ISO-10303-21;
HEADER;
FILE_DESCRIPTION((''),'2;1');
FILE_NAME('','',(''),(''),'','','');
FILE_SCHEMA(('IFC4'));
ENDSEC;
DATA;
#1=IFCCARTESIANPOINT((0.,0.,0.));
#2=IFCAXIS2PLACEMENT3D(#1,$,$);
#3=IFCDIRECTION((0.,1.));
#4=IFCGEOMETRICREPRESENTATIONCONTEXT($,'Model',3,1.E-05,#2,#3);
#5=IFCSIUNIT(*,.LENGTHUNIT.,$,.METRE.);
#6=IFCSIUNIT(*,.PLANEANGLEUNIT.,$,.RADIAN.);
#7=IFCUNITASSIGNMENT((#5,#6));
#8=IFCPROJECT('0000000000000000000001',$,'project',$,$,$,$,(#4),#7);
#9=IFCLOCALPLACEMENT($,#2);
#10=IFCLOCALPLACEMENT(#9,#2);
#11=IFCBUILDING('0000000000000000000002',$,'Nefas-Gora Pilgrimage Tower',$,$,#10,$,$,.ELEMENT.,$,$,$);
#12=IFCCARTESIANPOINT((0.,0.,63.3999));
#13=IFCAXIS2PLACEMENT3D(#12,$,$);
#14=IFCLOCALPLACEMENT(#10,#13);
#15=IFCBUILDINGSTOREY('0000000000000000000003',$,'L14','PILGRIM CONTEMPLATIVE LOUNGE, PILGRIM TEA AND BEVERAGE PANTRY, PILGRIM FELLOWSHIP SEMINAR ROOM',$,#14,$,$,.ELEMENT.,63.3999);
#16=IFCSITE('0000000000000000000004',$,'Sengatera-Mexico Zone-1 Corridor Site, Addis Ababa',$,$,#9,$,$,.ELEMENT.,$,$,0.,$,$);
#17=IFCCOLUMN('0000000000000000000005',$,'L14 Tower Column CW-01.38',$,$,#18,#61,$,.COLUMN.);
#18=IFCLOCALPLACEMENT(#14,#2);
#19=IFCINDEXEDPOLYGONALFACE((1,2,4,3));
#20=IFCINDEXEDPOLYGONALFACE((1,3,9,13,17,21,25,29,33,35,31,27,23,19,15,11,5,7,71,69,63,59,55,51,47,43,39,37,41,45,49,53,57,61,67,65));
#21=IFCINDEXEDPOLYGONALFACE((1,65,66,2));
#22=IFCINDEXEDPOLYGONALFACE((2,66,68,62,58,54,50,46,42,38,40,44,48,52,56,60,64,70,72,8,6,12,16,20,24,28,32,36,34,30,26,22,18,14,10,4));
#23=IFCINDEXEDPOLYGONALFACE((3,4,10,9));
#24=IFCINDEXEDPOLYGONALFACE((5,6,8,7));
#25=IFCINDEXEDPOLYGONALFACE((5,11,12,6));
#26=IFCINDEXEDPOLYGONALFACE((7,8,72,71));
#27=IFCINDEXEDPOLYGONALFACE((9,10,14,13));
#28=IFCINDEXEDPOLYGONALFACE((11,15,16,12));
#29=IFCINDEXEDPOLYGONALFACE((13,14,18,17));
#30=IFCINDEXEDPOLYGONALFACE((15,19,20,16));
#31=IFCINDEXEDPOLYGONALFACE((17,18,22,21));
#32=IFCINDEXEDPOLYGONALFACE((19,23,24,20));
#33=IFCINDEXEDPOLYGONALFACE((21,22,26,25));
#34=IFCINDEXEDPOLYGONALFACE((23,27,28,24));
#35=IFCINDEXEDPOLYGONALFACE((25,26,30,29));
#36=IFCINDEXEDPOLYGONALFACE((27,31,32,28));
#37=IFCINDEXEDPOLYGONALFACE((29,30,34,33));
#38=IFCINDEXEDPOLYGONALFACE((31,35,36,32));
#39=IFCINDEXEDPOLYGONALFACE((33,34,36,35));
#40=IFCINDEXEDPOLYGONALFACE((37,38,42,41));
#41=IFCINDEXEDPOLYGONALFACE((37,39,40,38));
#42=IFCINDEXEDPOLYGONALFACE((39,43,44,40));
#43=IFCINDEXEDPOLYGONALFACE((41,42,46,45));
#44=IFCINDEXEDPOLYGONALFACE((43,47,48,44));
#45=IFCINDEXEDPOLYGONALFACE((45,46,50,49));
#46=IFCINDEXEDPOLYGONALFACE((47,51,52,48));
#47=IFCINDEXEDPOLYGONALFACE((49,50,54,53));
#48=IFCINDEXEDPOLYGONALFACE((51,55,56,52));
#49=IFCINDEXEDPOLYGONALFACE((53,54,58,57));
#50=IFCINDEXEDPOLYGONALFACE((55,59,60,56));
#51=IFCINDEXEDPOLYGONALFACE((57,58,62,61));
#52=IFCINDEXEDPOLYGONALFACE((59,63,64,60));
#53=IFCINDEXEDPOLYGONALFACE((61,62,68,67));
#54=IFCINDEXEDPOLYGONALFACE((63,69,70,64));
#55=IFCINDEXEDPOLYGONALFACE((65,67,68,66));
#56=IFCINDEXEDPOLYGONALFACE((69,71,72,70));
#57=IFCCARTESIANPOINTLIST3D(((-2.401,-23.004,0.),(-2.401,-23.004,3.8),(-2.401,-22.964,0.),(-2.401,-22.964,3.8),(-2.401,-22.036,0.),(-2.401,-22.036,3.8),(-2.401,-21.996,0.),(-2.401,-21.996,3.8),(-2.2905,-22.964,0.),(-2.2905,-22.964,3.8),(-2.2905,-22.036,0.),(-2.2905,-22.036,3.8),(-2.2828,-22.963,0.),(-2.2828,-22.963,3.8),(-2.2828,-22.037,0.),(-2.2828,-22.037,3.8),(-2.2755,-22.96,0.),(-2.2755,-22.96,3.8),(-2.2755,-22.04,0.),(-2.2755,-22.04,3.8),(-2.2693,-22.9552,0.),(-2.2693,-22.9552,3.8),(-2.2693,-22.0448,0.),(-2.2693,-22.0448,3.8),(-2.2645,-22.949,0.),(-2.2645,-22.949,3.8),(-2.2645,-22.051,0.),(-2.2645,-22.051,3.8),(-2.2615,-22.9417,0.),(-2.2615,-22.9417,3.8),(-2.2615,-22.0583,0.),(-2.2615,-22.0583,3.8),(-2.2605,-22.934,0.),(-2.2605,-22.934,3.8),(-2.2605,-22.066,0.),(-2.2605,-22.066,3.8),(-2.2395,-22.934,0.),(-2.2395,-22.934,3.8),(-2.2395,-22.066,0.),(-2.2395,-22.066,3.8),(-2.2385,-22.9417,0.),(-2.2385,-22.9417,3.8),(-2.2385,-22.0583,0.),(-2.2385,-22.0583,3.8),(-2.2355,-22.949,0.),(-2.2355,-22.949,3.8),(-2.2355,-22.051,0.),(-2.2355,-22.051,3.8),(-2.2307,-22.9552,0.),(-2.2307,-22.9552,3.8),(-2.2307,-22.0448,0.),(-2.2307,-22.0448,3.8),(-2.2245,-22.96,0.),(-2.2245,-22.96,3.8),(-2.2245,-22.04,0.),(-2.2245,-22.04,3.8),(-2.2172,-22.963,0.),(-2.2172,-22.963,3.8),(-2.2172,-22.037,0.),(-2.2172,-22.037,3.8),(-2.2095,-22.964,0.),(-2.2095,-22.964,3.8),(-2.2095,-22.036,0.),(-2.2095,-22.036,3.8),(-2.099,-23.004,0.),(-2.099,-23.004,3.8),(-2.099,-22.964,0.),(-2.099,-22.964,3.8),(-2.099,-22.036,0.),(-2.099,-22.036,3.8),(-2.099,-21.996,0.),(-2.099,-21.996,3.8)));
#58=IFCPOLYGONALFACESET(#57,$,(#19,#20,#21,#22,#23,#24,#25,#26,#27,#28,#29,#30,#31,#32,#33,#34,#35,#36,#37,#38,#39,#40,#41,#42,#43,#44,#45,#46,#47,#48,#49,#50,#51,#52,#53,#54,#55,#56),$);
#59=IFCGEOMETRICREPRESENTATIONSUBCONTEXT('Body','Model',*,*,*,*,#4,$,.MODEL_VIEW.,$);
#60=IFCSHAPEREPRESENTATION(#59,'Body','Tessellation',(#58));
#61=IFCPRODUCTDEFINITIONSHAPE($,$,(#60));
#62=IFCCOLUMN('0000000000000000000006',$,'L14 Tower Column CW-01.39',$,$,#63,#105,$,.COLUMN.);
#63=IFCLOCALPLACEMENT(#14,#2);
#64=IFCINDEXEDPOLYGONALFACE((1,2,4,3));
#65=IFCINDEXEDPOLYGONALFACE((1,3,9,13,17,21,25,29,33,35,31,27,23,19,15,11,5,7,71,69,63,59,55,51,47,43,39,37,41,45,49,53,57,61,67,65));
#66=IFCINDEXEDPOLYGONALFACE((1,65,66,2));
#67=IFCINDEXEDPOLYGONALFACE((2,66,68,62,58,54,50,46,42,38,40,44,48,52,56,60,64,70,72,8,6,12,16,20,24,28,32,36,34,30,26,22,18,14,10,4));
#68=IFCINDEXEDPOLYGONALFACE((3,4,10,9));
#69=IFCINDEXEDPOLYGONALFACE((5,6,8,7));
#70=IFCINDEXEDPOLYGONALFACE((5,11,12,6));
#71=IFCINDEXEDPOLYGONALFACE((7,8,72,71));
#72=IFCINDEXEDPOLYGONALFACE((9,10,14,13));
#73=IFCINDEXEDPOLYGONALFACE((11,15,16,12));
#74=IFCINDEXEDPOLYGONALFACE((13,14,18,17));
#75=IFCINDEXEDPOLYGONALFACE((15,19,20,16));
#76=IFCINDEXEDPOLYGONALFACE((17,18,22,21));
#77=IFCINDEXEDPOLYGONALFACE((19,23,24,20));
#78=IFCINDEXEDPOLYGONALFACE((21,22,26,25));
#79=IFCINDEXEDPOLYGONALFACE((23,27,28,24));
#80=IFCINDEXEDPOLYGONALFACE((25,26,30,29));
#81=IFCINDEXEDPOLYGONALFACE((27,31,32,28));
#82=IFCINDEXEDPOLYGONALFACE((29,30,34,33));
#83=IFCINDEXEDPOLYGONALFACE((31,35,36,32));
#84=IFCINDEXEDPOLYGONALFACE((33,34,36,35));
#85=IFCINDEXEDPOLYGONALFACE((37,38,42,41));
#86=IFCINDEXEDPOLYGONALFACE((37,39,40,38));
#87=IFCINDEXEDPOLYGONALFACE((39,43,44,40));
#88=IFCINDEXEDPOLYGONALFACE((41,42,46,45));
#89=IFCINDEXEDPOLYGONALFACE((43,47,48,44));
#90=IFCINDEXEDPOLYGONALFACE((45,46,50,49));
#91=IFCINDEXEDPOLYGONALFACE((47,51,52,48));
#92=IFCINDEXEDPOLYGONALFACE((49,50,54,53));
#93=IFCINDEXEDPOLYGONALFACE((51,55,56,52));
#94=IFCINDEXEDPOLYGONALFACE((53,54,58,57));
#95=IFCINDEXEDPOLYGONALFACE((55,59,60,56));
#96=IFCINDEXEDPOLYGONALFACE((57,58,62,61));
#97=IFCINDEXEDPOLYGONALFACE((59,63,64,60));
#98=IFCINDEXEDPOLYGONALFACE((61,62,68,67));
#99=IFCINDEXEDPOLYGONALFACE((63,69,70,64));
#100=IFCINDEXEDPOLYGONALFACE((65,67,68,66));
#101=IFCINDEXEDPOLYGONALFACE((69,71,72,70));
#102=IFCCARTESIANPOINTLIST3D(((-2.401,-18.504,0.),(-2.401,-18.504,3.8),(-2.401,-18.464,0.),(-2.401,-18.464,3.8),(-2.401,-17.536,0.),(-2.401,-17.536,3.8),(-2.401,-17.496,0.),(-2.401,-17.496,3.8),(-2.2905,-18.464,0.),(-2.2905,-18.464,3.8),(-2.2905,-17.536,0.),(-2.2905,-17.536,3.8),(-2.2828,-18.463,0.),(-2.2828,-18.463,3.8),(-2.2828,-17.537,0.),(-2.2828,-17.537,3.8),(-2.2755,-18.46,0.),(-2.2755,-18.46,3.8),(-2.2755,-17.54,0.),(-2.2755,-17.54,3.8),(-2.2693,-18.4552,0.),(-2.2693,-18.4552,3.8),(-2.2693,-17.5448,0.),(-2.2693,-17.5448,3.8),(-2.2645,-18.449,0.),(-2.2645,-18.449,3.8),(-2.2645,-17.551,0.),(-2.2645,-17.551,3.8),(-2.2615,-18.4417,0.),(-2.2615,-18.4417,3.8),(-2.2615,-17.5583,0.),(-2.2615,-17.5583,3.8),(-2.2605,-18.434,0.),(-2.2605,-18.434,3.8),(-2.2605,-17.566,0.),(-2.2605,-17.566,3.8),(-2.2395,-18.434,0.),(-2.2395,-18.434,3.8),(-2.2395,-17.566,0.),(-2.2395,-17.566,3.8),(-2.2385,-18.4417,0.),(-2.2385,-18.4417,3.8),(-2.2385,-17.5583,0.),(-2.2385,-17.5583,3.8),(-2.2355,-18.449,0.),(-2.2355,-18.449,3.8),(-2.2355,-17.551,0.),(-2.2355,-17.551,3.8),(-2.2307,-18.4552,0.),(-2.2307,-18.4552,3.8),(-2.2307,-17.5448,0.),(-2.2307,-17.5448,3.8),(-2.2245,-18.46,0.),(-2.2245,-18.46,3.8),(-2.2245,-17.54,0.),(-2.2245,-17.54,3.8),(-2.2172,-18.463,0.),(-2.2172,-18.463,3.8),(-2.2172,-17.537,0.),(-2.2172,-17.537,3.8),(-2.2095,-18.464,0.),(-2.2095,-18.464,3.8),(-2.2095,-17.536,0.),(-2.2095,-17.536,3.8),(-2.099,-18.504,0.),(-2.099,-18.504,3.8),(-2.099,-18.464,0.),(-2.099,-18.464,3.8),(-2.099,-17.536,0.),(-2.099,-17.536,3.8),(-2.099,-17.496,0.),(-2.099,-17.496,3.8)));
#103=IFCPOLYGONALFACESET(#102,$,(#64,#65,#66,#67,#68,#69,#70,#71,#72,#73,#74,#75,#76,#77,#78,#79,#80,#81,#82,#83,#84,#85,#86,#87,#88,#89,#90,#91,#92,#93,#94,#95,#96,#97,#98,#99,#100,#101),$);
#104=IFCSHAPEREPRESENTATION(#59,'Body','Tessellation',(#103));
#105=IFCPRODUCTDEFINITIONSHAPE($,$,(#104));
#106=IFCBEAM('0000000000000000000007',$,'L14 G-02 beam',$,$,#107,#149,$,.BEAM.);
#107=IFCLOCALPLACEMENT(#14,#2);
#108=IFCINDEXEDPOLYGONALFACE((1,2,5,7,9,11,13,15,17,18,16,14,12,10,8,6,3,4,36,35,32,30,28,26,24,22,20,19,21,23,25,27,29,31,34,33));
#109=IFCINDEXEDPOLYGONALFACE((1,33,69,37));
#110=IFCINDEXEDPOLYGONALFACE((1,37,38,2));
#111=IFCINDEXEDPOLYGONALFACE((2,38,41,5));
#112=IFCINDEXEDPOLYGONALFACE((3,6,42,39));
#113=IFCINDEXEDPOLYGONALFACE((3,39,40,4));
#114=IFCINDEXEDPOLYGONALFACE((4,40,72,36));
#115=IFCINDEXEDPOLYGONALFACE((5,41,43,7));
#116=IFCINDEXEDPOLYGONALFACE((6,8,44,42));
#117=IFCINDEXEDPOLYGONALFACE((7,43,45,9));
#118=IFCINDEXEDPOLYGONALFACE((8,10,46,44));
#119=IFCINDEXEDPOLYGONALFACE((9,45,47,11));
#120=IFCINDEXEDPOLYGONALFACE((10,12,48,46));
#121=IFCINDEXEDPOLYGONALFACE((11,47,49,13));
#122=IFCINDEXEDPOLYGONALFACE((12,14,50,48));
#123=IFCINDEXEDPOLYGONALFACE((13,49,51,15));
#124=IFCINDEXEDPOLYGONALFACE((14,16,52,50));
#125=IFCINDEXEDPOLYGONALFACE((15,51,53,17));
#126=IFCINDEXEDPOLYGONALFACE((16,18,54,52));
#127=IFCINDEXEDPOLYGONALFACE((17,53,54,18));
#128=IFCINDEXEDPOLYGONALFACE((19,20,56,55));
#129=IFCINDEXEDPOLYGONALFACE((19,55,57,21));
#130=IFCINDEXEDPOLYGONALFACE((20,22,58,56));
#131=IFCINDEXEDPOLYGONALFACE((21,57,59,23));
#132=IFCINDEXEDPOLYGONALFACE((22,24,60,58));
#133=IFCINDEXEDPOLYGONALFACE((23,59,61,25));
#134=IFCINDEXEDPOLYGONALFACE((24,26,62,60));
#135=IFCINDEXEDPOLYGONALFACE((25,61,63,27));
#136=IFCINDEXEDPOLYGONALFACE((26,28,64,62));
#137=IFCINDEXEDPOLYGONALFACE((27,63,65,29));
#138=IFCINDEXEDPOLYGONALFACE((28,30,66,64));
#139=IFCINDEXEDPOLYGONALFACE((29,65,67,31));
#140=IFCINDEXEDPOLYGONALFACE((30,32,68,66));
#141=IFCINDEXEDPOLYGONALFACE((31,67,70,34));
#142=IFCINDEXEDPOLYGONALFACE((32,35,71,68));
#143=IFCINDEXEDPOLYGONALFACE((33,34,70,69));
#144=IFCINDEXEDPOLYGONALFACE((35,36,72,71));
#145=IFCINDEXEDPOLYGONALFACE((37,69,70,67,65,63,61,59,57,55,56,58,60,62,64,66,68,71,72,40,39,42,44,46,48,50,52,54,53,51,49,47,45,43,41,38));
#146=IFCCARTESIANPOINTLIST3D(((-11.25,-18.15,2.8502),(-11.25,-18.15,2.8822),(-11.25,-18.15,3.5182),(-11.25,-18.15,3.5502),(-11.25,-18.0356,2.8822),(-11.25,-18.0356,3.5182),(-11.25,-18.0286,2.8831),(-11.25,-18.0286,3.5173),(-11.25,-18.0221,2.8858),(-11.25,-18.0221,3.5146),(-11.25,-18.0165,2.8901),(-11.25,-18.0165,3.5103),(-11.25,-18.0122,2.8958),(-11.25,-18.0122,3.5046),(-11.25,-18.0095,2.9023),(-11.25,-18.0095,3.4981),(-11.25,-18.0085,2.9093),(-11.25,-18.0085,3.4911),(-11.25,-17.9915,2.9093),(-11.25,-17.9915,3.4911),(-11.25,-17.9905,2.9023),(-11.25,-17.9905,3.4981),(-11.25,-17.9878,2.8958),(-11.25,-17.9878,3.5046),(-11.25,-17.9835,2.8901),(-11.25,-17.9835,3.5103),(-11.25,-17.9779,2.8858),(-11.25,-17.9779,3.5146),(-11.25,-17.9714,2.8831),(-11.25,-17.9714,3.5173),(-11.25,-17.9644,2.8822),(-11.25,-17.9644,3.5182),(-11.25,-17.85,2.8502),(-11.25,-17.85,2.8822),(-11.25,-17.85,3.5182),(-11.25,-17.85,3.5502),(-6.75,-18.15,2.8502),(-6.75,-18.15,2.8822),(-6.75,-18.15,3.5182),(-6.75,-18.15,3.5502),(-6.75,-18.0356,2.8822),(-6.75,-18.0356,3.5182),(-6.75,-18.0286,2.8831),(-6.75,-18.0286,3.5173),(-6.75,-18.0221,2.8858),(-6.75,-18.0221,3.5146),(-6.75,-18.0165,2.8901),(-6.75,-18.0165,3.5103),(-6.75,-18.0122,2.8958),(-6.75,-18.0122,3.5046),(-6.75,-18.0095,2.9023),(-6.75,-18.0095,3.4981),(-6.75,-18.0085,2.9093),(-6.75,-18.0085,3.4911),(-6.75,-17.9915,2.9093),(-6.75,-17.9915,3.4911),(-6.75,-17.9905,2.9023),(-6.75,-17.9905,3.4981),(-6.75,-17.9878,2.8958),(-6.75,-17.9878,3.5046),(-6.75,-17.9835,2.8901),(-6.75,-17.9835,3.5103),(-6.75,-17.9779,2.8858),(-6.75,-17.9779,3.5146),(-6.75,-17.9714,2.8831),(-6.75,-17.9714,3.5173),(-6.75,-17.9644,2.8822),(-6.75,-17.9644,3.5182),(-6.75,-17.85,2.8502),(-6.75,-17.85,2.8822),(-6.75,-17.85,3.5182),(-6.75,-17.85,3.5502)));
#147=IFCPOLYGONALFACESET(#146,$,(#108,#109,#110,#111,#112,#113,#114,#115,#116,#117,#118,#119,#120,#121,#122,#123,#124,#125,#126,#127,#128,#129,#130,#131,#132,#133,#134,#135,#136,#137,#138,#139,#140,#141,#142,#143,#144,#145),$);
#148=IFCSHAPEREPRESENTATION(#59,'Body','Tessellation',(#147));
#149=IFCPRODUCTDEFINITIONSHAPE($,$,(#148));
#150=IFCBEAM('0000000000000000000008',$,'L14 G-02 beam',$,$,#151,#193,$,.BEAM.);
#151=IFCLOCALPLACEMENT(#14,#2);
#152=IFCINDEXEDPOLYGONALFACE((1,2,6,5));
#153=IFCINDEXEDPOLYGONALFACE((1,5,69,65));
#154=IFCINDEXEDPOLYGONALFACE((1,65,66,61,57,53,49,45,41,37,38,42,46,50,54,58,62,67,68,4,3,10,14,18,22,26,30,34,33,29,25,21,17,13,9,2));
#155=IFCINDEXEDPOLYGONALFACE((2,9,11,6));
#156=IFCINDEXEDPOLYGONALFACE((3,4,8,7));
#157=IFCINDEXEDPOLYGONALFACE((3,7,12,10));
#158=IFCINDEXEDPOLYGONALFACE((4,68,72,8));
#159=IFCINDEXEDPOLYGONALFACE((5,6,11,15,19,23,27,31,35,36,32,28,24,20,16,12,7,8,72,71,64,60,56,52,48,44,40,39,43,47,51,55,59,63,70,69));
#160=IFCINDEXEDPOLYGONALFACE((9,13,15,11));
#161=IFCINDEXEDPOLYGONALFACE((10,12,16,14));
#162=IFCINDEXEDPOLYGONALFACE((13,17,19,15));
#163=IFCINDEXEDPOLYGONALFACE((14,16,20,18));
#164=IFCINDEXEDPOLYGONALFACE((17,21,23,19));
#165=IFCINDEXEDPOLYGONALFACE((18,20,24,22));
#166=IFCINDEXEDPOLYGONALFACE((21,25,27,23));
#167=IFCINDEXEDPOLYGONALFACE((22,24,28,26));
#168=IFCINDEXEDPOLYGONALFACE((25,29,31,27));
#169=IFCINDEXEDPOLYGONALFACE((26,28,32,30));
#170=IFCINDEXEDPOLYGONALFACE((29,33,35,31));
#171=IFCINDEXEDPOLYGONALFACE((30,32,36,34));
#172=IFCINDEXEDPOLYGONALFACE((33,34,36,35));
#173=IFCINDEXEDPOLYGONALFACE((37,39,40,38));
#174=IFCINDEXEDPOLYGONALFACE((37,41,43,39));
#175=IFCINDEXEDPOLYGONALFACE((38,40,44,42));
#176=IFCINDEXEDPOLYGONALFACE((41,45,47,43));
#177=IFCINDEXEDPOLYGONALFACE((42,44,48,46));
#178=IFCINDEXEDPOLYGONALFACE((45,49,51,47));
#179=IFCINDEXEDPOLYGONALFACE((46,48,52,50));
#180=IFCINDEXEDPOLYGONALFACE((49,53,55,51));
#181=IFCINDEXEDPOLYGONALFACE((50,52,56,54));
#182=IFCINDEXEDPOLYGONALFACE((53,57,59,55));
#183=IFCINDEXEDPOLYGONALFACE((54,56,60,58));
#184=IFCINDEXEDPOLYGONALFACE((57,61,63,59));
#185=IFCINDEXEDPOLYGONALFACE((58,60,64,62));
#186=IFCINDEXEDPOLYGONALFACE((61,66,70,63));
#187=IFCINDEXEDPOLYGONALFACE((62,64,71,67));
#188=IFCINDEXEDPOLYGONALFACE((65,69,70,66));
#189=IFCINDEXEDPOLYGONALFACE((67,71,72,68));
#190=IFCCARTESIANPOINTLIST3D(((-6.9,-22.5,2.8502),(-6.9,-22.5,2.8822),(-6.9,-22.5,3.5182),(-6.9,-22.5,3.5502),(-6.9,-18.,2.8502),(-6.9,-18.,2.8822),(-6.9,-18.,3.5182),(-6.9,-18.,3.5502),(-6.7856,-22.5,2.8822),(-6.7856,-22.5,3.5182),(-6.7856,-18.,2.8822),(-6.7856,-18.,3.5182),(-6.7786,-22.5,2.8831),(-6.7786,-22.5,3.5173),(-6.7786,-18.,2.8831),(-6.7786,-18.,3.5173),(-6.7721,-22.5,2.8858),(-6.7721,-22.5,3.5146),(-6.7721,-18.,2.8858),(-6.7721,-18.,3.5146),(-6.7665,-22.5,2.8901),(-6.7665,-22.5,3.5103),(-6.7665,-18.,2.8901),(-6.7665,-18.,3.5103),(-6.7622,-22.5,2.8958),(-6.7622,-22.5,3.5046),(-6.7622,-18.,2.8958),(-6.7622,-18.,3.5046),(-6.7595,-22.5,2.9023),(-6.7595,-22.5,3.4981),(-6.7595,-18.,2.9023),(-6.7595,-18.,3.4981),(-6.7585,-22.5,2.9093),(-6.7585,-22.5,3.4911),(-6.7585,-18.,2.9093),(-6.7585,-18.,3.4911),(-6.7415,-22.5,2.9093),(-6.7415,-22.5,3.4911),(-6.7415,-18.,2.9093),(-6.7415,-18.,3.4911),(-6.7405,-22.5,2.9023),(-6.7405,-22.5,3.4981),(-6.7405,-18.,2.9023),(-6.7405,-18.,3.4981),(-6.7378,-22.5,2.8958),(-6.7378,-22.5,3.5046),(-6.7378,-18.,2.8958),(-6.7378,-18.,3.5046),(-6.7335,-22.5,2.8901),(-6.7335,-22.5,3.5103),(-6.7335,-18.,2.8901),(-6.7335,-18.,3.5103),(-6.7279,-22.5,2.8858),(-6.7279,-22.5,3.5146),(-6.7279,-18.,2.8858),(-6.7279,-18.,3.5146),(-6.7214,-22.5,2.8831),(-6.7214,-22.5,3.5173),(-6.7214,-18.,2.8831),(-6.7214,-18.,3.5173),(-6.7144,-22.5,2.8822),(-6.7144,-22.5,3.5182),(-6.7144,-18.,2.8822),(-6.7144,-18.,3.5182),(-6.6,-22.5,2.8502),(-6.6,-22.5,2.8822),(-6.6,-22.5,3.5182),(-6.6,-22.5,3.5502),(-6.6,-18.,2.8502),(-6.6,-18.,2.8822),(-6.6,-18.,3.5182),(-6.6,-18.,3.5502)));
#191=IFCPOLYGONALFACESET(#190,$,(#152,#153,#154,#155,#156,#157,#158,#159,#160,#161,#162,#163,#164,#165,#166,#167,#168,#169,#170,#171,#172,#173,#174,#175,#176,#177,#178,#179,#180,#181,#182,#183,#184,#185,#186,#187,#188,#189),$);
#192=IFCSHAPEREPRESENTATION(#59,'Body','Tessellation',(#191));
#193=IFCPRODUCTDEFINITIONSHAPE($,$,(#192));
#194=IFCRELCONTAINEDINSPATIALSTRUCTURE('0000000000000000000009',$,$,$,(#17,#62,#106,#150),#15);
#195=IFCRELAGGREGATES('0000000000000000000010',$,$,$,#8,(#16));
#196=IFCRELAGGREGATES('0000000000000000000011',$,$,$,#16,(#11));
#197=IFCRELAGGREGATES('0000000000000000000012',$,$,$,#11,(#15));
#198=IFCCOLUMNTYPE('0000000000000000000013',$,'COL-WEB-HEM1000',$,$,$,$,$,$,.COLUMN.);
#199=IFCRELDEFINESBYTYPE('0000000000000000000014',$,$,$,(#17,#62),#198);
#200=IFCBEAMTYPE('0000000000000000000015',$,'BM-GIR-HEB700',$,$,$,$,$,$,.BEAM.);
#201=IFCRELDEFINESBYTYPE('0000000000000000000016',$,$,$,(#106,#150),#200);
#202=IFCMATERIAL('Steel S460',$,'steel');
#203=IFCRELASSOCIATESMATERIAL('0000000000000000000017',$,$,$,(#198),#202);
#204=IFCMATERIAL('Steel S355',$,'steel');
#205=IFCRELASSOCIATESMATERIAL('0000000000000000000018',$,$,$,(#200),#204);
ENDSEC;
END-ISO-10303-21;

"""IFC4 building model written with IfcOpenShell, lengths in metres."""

from ifc_helpers import new_model, si_unit, direction, frame, origin, origin_2d, place, context, subcontext, project, spatial, i_section, extrude, source, transform, mapped, material, material_profile, profile_set, type_object, element, save


model = new_model("IFC4")

# Units and contexts
model_context = context("Model", 3, precision=1e-05, world=origin(), true_north=direction((0.0, 1.0)))
body_context = subcontext(model_context, "Body", "Model", "MODEL_VIEW")
ifc_project = project(units=[si_unit("LENGTHUNIT", "METRE"), si_unit("PLANEANGLEUNIT", "RADIAN")], contexts=[model_context])

# Site, building, storey
site_placement = place(None, origin())
site = spatial("IfcSite", under=ifc_project, at=site_placement, Name="Sengatera-Mexico Zone-1 Corridor Site, Addis Ababa", CompositionType="ELEMENT", RefElevation=0.0)
building_placement = place(site_placement, origin())
building = spatial("IfcBuilding", under=site, at=building_placement, Name="Nefas-Gora Pilgrimage Tower", CompositionType="ELEMENT")
storey_placement = place(building_placement, frame((0.0, 0.0, 63.3999)))
storey = spatial("IfcBuildingStorey", under=building, at=storey_placement, Name="L14", Description="PILGRIM CONTEMPLATIVE LOUNGE, PILGRIM TEA AND BEVERAGE PANTRY, PILGRIM FELLOWSHIP SEMINAR ROOM", CompositionType="ELEMENT", Elevation=63.3999)

# Columns
ifc_material_1 = material(Name="Steel S460", Category="steel")
ifc_material_profile_1 = material_profile(ifc_material_1, i_section(OverallWidth=0.302, OverallDepth=1.0081, WebThickness=0.021, FlangeThickness=0.04, FilletRadius=0.03, at=origin_2d()), Name="HEM 1000")
ifc_profile_set_1 = profile_set([ifc_material_profile_1], Name="Steel S460")
column_type_1 = type_object("IfcColumnType", Name="COL-WEB-HEM1000", PredefinedType="COLUMN", material=ifc_profile_set_1)
shared_shape_1 = source(origin(), body_context, "Body", "SweptSolid", [
    extrude(i_section(OverallWidth=0.302, OverallDepth=1.0081, WebThickness=0.021, FlangeThickness=0.04, FilletRadius=0.03, at=origin_2d()), origin(), (0.0, 0.0, 1.0), 3.8),
])
for number, where, z_axis, x_axis, name in (
    (1, (-2.25, -22.5, 0.0), (0.0, 0.0, 1.0), (1.0, 0.0, 0.0), "L14 Tower Column CW-01.38"),
    (2, (-2.25, -18.0, 0.0), (0.0, 0.0, 1.0), (1.0, 0.0, 0.0), "L14 Tower Column CW-01.39"),
):
    element("IfcColumn", number, at=place(storey_placement, frame(where, z_axis=z_axis, x_axis=x_axis)), inside=storey, type_object=column_type_1, Name=name, PredefinedType="COLUMN", context=body_context, shape_type="MappedRepresentation", body=[
        mapped(shared_shape_1, transform((0.0, 0.0, 0.0), x_axis=(1.0, 0.0, 0.0), y_axis=(0.0, 1.0, 0.0), z_axis=(0.0, 0.0, 1.0), scale=1.0)),
    ])

# Beams
ifc_material_2 = material(Name="Steel S355", Category="steel")
ifc_material_profile_2 = material_profile(ifc_material_2, i_section(OverallWidth=0.3, OverallDepth=0.7, WebThickness=0.0171, FlangeThickness=0.032, FilletRadius=0.0271, at=origin_2d()), Name="HEB 700")
ifc_profile_set_2 = profile_set([ifc_material_profile_2], Name="Steel S355")
beam_type = type_object("IfcBeamType", Name="BM-GIR-HEB700", PredefinedType="BEAM", material=ifc_profile_set_2)
shared_shape_2 = source(origin(), body_context, "Body", "SweptSolid", [
    extrude(i_section(OverallWidth=0.3, OverallDepth=0.7, WebThickness=0.0171, FlangeThickness=0.032, FilletRadius=0.0271, at=origin_2d()), origin(), (0.0, 0.0, 1.0), 4.5),
])
for number, where, z_axis, x_axis, name in (
    (3, (-11.25, -18.0, 3.2002), (1.0, 0.0, 0.0), (0.0, 1.0, 0.0), "L14 G-02 beam"),
    (4, (-6.75, -22.5, 3.2002), (0.0, 1.0, 0.0), (-1.0, 0.0, 0.0), "L14 G-02 beam"),
):
    element("IfcBeam", number, at=place(storey_placement, frame(where, z_axis=z_axis, x_axis=x_axis)), inside=storey, type_object=beam_type, Name=name, PredefinedType="BEAM", context=body_context, shape_type="MappedRepresentation", body=[
        mapped(shared_shape_2, transform((0.0, 0.0, 0.0), x_axis=(1.0, 0.0, 0.0), y_axis=(0.0, 1.0, 0.0), z_axis=(0.0, 0.0, 1.0), scale=1.0)),
    ])

save(model, "model.ifc")
